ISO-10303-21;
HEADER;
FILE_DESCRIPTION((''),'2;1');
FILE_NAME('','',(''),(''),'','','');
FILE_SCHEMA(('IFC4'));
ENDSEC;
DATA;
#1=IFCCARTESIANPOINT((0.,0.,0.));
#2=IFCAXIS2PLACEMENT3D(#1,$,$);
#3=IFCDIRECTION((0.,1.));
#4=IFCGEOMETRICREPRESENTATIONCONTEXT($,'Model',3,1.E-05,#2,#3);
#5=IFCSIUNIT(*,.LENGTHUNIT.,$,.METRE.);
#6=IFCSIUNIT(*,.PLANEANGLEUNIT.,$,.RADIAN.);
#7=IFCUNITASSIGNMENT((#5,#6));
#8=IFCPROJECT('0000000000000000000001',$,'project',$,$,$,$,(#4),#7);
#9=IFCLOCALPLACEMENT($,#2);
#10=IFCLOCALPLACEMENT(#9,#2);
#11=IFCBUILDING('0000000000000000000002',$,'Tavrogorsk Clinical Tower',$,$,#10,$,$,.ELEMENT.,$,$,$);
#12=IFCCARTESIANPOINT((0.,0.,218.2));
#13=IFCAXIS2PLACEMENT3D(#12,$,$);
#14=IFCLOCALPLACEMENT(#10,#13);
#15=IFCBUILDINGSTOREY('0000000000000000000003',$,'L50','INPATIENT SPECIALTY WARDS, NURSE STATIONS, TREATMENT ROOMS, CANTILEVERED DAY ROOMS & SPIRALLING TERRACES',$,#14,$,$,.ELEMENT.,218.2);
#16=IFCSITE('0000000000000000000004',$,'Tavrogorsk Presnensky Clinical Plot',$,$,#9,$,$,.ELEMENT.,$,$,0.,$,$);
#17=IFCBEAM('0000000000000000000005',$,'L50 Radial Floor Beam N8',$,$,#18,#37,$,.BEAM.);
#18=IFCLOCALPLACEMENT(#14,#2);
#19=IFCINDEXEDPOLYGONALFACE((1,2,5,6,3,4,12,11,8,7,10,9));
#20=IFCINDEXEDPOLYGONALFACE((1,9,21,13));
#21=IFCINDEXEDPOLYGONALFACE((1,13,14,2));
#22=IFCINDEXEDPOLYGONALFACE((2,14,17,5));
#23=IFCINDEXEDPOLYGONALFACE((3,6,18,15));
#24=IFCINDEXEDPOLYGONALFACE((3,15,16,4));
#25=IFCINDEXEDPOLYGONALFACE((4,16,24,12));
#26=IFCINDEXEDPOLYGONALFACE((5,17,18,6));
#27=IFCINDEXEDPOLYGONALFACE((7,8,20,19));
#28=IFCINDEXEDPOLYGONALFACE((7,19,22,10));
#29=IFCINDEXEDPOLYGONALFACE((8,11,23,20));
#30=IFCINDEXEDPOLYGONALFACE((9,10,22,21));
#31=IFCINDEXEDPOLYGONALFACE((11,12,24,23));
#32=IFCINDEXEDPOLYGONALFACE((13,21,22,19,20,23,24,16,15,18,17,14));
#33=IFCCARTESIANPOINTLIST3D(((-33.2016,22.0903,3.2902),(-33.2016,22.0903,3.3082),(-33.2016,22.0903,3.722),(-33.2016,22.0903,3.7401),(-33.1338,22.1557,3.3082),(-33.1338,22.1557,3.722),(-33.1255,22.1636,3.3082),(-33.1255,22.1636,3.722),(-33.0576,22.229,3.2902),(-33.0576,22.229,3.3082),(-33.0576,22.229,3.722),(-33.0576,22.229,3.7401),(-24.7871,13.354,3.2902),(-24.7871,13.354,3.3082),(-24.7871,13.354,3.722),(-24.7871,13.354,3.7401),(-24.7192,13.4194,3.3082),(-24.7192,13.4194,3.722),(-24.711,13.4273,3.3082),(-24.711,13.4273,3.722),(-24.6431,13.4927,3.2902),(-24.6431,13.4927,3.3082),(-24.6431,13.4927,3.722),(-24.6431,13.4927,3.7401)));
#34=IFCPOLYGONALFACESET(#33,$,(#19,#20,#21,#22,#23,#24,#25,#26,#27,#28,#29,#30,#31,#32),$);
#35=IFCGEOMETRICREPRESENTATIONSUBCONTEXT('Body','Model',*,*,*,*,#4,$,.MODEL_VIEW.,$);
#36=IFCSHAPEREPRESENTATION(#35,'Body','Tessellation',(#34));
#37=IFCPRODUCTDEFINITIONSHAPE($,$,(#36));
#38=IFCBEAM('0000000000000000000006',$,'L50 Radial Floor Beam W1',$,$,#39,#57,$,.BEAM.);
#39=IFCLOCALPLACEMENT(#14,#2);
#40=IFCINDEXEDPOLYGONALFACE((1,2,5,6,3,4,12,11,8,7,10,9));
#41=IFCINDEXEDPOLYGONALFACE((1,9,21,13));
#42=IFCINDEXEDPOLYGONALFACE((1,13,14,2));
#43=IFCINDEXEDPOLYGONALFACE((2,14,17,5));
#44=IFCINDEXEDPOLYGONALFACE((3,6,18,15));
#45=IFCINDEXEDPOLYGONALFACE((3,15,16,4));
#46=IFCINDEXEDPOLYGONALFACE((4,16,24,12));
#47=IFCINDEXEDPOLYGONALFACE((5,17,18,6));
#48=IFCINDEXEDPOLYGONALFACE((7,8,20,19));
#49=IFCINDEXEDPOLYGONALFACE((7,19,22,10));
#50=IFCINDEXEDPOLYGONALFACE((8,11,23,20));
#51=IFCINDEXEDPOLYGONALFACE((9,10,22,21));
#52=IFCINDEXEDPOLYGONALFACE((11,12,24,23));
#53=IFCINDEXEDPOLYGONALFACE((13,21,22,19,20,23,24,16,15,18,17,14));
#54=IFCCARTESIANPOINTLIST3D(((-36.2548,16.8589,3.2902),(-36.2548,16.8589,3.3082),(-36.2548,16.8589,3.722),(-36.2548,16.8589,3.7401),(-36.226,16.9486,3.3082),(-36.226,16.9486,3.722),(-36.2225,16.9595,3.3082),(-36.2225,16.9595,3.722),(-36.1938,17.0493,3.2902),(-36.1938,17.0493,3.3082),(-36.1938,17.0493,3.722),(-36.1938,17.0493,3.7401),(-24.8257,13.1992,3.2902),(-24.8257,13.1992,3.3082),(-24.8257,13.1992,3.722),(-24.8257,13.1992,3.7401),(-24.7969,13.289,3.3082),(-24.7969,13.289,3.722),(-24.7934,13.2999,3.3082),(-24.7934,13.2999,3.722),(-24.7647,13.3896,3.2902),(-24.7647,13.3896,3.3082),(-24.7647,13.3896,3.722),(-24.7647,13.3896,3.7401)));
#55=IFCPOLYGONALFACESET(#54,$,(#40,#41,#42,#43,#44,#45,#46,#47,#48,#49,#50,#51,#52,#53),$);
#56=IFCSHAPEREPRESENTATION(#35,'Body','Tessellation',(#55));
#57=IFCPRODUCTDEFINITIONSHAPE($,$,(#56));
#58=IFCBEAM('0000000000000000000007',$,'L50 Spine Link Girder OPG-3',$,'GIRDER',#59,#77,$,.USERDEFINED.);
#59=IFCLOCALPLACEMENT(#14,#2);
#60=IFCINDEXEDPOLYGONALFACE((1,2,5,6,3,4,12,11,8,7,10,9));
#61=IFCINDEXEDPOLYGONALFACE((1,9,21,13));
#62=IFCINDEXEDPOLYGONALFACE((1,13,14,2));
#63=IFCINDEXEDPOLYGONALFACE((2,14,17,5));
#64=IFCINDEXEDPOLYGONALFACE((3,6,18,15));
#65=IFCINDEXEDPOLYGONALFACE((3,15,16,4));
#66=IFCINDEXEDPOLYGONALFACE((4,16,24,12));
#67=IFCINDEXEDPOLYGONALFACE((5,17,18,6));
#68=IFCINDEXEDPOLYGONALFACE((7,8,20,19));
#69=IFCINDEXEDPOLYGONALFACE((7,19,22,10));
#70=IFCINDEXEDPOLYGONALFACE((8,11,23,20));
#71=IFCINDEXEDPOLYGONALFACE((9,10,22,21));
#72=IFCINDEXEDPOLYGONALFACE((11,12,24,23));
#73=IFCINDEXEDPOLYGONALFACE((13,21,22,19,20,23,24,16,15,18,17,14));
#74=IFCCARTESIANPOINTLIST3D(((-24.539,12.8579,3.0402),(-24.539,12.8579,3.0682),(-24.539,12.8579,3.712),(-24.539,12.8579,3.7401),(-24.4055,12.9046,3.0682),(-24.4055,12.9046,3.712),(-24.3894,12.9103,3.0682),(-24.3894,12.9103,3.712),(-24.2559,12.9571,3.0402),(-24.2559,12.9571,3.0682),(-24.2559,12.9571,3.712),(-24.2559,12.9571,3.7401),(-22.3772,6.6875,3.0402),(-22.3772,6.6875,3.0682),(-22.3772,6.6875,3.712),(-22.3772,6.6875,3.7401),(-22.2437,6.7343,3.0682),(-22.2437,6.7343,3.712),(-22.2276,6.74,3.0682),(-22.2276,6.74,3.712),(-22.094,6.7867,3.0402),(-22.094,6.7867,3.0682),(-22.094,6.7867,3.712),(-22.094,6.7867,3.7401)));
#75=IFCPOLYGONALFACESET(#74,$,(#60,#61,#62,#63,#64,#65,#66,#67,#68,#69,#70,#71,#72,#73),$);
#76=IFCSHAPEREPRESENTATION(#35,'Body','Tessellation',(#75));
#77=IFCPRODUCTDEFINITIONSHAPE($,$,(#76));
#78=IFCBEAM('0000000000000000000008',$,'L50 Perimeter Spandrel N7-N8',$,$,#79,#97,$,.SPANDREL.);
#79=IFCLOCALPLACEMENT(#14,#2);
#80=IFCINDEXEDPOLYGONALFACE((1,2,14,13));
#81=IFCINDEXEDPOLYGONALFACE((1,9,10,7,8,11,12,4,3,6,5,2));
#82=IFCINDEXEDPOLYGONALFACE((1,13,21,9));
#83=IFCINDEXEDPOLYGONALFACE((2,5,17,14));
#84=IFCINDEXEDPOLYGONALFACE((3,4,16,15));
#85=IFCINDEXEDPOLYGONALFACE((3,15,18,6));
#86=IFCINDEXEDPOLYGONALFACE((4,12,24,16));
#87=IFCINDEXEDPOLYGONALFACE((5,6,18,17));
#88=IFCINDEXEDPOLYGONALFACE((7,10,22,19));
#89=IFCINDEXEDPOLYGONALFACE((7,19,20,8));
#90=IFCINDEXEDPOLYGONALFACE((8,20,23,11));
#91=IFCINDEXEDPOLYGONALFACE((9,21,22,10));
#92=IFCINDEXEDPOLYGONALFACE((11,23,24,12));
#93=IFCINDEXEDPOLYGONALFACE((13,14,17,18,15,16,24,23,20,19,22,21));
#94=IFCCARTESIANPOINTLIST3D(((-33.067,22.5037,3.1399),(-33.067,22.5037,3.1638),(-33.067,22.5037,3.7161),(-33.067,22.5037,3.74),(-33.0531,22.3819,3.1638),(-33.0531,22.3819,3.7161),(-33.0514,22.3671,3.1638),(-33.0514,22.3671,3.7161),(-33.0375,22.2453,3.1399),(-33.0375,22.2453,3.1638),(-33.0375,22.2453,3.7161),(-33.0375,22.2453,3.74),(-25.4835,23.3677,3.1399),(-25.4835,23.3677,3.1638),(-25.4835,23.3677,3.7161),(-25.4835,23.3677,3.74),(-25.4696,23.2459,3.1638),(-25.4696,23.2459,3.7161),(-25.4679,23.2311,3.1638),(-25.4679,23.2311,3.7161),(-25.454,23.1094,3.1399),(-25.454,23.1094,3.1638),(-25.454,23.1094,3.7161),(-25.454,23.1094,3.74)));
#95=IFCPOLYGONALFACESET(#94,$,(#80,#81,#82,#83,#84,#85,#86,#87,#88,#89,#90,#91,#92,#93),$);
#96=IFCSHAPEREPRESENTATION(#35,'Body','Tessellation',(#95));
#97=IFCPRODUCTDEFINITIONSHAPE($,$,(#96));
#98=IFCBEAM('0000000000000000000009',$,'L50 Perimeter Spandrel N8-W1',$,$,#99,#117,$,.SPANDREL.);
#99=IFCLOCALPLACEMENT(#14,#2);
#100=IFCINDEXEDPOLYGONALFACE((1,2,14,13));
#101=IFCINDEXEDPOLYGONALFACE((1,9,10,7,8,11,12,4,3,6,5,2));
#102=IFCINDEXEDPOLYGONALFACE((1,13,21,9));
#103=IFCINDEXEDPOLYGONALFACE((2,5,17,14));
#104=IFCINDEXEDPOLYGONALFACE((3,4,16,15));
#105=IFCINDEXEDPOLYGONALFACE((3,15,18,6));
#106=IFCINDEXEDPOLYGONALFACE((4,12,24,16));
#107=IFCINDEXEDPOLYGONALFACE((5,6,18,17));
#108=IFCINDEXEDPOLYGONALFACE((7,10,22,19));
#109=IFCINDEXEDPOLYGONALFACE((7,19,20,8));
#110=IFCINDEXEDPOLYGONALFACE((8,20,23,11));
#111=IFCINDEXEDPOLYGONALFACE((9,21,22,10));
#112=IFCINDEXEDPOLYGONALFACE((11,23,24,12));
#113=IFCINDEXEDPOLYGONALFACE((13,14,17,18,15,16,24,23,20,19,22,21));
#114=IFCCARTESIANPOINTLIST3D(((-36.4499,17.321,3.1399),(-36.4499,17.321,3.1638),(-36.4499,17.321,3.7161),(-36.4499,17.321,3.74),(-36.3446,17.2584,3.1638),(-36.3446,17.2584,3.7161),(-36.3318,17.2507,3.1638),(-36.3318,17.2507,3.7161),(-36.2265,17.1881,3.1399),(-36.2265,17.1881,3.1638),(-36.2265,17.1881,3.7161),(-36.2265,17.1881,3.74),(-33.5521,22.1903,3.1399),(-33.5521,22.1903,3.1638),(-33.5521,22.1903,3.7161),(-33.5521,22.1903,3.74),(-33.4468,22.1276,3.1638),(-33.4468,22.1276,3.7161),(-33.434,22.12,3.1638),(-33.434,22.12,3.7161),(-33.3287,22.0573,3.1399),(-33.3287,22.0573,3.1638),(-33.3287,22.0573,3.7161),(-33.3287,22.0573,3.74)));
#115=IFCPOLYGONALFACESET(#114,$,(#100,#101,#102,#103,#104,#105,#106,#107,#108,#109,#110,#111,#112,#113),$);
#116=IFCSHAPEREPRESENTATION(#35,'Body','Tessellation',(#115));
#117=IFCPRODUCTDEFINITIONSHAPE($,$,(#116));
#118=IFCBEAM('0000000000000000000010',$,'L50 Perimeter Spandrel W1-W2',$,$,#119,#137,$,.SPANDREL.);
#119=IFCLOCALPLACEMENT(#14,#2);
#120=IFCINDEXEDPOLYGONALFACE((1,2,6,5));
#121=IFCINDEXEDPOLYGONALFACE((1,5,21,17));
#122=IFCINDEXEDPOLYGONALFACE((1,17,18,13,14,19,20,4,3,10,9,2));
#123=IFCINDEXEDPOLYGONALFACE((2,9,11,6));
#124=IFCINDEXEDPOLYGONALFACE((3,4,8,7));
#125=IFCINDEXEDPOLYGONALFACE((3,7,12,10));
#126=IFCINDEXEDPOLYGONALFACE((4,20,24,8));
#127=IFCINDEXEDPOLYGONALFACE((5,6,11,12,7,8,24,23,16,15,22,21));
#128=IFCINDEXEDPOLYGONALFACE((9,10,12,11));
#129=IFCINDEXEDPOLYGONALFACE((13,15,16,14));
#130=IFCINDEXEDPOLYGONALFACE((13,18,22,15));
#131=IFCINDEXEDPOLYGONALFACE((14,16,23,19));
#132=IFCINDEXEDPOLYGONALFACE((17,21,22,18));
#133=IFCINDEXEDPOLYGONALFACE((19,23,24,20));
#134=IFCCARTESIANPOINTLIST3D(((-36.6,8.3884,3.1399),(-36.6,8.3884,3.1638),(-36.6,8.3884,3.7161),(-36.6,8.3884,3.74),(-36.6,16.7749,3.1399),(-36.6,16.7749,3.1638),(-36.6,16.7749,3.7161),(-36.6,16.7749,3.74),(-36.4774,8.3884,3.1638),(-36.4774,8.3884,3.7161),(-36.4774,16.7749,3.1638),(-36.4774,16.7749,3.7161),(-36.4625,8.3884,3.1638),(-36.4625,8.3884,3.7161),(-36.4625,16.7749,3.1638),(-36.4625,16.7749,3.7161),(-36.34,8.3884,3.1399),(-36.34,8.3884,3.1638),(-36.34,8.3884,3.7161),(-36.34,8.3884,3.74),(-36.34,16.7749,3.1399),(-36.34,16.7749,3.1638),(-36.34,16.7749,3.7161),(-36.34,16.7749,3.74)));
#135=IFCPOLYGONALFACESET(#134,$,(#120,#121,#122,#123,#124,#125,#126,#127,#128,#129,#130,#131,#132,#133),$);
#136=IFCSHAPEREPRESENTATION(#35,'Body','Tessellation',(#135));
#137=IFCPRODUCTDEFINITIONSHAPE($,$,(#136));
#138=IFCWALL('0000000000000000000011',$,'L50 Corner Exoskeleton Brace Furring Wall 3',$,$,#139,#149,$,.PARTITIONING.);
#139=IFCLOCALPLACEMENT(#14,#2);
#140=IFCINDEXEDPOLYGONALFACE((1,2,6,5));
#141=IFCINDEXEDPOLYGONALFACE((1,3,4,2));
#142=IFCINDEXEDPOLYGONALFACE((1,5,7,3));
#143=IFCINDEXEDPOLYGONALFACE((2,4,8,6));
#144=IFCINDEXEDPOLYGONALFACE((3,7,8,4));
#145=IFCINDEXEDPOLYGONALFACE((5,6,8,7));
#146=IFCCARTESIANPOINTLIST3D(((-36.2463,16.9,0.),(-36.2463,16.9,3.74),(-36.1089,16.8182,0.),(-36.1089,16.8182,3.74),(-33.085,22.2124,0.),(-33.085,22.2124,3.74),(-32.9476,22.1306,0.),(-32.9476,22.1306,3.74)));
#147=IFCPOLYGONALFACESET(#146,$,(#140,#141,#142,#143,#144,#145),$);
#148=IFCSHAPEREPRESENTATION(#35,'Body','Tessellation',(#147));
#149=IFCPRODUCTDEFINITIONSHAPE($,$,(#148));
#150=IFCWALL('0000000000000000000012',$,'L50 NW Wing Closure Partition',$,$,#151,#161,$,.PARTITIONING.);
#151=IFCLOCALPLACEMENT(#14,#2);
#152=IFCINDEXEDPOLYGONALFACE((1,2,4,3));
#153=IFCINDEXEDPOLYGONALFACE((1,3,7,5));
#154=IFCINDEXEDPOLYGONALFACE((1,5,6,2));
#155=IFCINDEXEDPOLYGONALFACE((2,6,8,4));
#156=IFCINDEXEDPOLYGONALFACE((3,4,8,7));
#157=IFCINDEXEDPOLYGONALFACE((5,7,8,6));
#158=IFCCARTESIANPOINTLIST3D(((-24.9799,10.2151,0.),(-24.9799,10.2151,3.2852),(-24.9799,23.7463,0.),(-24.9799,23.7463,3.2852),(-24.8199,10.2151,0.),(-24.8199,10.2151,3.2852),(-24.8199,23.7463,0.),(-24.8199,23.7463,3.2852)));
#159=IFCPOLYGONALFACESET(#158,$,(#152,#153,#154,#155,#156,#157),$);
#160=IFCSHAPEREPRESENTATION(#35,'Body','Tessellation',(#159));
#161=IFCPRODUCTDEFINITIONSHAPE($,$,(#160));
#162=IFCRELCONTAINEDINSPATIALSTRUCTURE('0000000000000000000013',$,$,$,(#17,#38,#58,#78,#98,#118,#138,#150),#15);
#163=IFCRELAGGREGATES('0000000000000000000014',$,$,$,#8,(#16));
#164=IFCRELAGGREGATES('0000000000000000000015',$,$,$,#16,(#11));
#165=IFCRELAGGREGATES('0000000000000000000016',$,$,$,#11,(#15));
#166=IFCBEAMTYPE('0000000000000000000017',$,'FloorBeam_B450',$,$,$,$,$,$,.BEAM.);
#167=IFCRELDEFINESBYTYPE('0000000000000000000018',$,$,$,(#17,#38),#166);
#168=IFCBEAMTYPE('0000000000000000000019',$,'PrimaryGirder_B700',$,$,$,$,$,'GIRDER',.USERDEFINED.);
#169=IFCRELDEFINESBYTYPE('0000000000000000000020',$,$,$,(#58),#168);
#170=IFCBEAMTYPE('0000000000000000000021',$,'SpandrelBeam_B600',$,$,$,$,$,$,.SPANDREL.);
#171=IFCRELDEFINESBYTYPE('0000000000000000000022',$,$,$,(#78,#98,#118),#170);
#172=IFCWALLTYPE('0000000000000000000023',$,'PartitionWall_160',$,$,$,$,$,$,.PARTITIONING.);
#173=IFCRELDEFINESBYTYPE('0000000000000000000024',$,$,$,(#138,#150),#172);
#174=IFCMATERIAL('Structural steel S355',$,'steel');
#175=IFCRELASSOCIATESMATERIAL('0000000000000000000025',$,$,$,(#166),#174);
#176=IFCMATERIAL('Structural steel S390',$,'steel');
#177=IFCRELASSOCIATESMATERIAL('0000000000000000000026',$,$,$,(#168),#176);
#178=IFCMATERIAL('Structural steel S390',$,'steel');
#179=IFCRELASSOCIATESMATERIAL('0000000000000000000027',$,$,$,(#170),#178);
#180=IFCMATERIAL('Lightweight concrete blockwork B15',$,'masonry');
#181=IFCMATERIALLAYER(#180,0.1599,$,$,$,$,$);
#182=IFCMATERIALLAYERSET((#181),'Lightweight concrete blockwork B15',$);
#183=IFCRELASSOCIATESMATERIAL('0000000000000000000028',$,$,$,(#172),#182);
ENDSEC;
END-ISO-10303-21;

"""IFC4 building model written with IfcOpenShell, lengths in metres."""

from ifc_helpers import new_model, si_unit, direction, frame, frame_2d, origin, origin_2d, place, context, subcontext, project, spatial, rectangle, i_section, extrude, material, layer, layer_set, material_profile, profile_set, type_object, element, save


model = new_model("IFC4")

# Units and contexts
model_context = context("Model", 3, precision=1e-05, world=origin(), true_north=direction((0.0, 1.0)))
body_context = subcontext(model_context, "Body", "Model", "MODEL_VIEW")
ifc_project = project(units=[si_unit("LENGTHUNIT", "METRE"), si_unit("PLANEANGLEUNIT", "RADIAN")], contexts=[model_context])

# Site, building, storey
site_placement = place(None, origin())
site = spatial("IfcSite", under=ifc_project, at=site_placement, Name="Tavrogorsk Presnensky Clinical Plot", CompositionType="ELEMENT", RefElevation=0.0)
building_placement = place(site_placement, origin())
building = spatial("IfcBuilding", under=site, at=building_placement, Name="Tavrogorsk Clinical Tower", CompositionType="ELEMENT")
storey_placement = place(building_placement, frame((0.0, 0.0, 218.2)))
storey = spatial("IfcBuildingStorey", under=building, at=storey_placement, Name="L50", Description="INPATIENT SPECIALTY WARDS, NURSE STATIONS, TREATMENT ROOMS, CANTILEVERED DAY ROOMS & SPIRALLING TERRACES", CompositionType="ELEMENT", Elevation=218.2)

# Beams
ifc_material_1 = material(Name="Structural steel S355", Category="steel")
ifc_material_profile_1 = material_profile(ifc_material_1, i_section(OverallWidth=0.2, OverallDepth=0.45, WebThickness=0.0115, FlangeThickness=0.0181, at=origin_2d()), Name="B-450x200x11.5x18")
ifc_profile_set_1 = profile_set([ifc_material_profile_1], Name="Structural steel S355")
beam_type_1 = type_object("IfcBeamType", Name="FloorBeam_B450", PredefinedType="BEAM", material=ifc_profile_set_1)
beam_1_placement = place(storey_placement, frame((-24.7151, 13.4233, 3.5151), z_axis=(-0.693718, 0.720246, 0.0), x_axis=(-0.720246, -0.693718, 0.0)))
element("IfcBeam", 1, at=beam_1_placement, inside=storey, type_object=beam_type_1, Name="L50 Radial Floor Beam N8", PredefinedType="BEAM", context=body_context, shape_type="SweptSolid", body=[
    extrude(i_section(OverallWidth=0.2, OverallDepth=0.45, WebThickness=0.0115, FlangeThickness=0.0181, at=origin_2d()), origin(), (0.0, 0.0, 1.0), 12.1296),
])
beam_2_placement = place(storey_placement, frame((-24.7952, 13.2944, 3.5151), z_axis=(-0.952368, 0.304951, 0.0), x_axis=(-0.304951, -0.952368, 0.0)))
element("IfcBeam", 2, at=beam_2_placement, inside=storey, type_object=beam_type_1, Name="L50 Radial Floor Beam W1", PredefinedType="BEAM", context=body_context, shape_type="SweptSolid", body=[
    extrude(i_section(OverallWidth=0.2, OverallDepth=0.45, WebThickness=0.0115, FlangeThickness=0.0181, at=origin_2d()), origin(), (0.0, 0.0, 1.0), 12.0007),
])
ifc_material_2 = material(Name="Structural steel S390", Category="steel")
ifc_material_profile_2 = material_profile(ifc_material_2, i_section(OverallWidth=0.3, OverallDepth=0.7, WebThickness=0.0171, FlangeThickness=0.0281, at=origin_2d()), Name="B-700x300x17x28")
ifc_profile_set_2 = profile_set([ifc_material_profile_2], Name="Structural steel S390")
beam_type_2 = type_object("IfcBeamType", Name="PrimaryGirder_B700", ElementType="GIRDER", PredefinedType="USERDEFINED", material=ifc_profile_set_2)
beam_3_placement = place(storey_placement, frame((-24.3975, 12.9075, 3.3901), z_axis=(0.330653, -0.943752, 0.0), x_axis=(0.943752, 0.330653, 0.0)))
element("IfcBeam", 3, at=beam_3_placement, inside=storey, type_object=beam_type_2, Name="L50 Spine Link Girder OPG-3", ObjectType="GIRDER", PredefinedType="USERDEFINED", context=body_context, shape_type="SweptSolid", body=[
    extrude(i_section(OverallWidth=0.3, OverallDepth=0.7, WebThickness=0.0171, FlangeThickness=0.0281, at=origin_2d()), origin(), (0.0, 0.0, 1.0), 6.5381),
])
ifc_material_3 = material(Name="Structural steel S390", Category="steel")
ifc_material_profile_3 = material_profile(ifc_material_3, i_section(OverallWidth=0.26, OverallDepth=0.6001, WebThickness=0.0149, FlangeThickness=0.0239, at=origin_2d()), Name="B-600x260x15x24")
ifc_profile_set_3 = profile_set([ifc_material_profile_3], Name="Structural steel S390")
beam_type_3 = type_object("IfcBeamType", Name="SpandrelBeam_B600", PredefinedType="SPANDREL", material=ifc_profile_set_3)
beam_4_placement = place(storey_placement, frame((-25.4688, 23.2385, 3.4399), z_axis=(-0.993572, -0.113201, 0.0), x_axis=(0.113201, -0.993572, 0.0)))
element("IfcBeam", 4, at=beam_4_placement, inside=storey, type_object=beam_type_3, Name="L50 Perimeter Spandrel N7-N8", PredefinedType="SPANDREL", context=body_context, shape_type="SweptSolid", body=[
    extrude(i_section(OverallWidth=0.26, OverallDepth=0.6001, WebThickness=0.0149, FlangeThickness=0.0239, at=origin_2d()), origin(), (0.0, 0.0, 1.0), 7.6326),
])
beam_5_placement = place(storey_placement, frame((-33.4404, 22.1238, 3.4399), z_axis=(-0.511407, -0.859339, 0.0), x_axis=(0.859339, -0.511407, 0.0)))
element("IfcBeam", 5, at=beam_5_placement, inside=storey, type_object=beam_type_3, Name="L50 Perimeter Spandrel N8-W1", PredefinedType="SPANDREL", context=body_context, shape_type="SweptSolid", body=[
    extrude(i_section(OverallWidth=0.26, OverallDepth=0.6001, WebThickness=0.0149, FlangeThickness=0.0239, at=origin_2d()), origin(), (0.0, 0.0, 1.0), 5.6663),
])
beam_6_placement = place(storey_placement, frame((-36.47, 16.7749, 3.4399), z_axis=(0.0, -1.0, 0.0), x_axis=(1.0, 0.0, 0.0)))
element("IfcBeam", 6, at=beam_6_placement, inside=storey, type_object=beam_type_3, Name="L50 Perimeter Spandrel W1-W2", PredefinedType="SPANDREL", context=body_context, shape_type="SweptSolid", body=[
    extrude(i_section(OverallWidth=0.26, OverallDepth=0.6001, WebThickness=0.0149, FlangeThickness=0.0239, at=origin_2d()), origin(), (0.0, 0.0, 1.0), 8.3865),
])

# Walls
ifc_material_4 = material(Name="Lightweight concrete blockwork B15", Category="masonry")
ifc_layer_1 = layer(ifc_material_4, 0.1599)
ifc_layer_set_1 = layer_set([ifc_layer_1], Name="Lightweight concrete blockwork B15")
wall_type_1 = type_object("IfcWallType", Name="PartitionWall_160", PredefinedType="PARTITIONING", material=ifc_layer_set_1)
wall_1_placement = place(storey_placement, frame((-33.0164, 22.1714, 0.0), z_axis=(0.0, 0.0, 1.0), x_axis=(-0.511385, -0.859352, 0.0)))
element("IfcWall", 7, at=wall_1_placement, inside=storey, type_object=wall_type_1, Name="L50 Corner Exoskeleton Brace Furring Wall 3", PredefinedType="PARTITIONING", context=body_context, shape_type="SweptSolid", body=[
    extrude(rectangle(XDim=6.1819, YDim=0.1599, at=frame_2d((3.0908, 0.0))), origin(), (0.0, 0.0, 1.0), 3.74),
])
wall_2_placement = place(storey_placement, frame((-24.8999, 10.2151, 0.0), z_axis=(0.0, 0.0, 1.0), x_axis=(0.0, 1.0, 0.0)))
element("IfcWall", 8, at=wall_2_placement, inside=storey, type_object=wall_type_1, Name="L50 NW Wing Closure Partition", PredefinedType="PARTITIONING", context=body_context, shape_type="SweptSolid", body=[
    extrude(rectangle(XDim=13.5312, YDim=0.1599, at=frame_2d((6.7656, 0.0))), origin(), (0.0, 0.0, 1.0), 3.2852),
])

save(model, "model.ifc")
